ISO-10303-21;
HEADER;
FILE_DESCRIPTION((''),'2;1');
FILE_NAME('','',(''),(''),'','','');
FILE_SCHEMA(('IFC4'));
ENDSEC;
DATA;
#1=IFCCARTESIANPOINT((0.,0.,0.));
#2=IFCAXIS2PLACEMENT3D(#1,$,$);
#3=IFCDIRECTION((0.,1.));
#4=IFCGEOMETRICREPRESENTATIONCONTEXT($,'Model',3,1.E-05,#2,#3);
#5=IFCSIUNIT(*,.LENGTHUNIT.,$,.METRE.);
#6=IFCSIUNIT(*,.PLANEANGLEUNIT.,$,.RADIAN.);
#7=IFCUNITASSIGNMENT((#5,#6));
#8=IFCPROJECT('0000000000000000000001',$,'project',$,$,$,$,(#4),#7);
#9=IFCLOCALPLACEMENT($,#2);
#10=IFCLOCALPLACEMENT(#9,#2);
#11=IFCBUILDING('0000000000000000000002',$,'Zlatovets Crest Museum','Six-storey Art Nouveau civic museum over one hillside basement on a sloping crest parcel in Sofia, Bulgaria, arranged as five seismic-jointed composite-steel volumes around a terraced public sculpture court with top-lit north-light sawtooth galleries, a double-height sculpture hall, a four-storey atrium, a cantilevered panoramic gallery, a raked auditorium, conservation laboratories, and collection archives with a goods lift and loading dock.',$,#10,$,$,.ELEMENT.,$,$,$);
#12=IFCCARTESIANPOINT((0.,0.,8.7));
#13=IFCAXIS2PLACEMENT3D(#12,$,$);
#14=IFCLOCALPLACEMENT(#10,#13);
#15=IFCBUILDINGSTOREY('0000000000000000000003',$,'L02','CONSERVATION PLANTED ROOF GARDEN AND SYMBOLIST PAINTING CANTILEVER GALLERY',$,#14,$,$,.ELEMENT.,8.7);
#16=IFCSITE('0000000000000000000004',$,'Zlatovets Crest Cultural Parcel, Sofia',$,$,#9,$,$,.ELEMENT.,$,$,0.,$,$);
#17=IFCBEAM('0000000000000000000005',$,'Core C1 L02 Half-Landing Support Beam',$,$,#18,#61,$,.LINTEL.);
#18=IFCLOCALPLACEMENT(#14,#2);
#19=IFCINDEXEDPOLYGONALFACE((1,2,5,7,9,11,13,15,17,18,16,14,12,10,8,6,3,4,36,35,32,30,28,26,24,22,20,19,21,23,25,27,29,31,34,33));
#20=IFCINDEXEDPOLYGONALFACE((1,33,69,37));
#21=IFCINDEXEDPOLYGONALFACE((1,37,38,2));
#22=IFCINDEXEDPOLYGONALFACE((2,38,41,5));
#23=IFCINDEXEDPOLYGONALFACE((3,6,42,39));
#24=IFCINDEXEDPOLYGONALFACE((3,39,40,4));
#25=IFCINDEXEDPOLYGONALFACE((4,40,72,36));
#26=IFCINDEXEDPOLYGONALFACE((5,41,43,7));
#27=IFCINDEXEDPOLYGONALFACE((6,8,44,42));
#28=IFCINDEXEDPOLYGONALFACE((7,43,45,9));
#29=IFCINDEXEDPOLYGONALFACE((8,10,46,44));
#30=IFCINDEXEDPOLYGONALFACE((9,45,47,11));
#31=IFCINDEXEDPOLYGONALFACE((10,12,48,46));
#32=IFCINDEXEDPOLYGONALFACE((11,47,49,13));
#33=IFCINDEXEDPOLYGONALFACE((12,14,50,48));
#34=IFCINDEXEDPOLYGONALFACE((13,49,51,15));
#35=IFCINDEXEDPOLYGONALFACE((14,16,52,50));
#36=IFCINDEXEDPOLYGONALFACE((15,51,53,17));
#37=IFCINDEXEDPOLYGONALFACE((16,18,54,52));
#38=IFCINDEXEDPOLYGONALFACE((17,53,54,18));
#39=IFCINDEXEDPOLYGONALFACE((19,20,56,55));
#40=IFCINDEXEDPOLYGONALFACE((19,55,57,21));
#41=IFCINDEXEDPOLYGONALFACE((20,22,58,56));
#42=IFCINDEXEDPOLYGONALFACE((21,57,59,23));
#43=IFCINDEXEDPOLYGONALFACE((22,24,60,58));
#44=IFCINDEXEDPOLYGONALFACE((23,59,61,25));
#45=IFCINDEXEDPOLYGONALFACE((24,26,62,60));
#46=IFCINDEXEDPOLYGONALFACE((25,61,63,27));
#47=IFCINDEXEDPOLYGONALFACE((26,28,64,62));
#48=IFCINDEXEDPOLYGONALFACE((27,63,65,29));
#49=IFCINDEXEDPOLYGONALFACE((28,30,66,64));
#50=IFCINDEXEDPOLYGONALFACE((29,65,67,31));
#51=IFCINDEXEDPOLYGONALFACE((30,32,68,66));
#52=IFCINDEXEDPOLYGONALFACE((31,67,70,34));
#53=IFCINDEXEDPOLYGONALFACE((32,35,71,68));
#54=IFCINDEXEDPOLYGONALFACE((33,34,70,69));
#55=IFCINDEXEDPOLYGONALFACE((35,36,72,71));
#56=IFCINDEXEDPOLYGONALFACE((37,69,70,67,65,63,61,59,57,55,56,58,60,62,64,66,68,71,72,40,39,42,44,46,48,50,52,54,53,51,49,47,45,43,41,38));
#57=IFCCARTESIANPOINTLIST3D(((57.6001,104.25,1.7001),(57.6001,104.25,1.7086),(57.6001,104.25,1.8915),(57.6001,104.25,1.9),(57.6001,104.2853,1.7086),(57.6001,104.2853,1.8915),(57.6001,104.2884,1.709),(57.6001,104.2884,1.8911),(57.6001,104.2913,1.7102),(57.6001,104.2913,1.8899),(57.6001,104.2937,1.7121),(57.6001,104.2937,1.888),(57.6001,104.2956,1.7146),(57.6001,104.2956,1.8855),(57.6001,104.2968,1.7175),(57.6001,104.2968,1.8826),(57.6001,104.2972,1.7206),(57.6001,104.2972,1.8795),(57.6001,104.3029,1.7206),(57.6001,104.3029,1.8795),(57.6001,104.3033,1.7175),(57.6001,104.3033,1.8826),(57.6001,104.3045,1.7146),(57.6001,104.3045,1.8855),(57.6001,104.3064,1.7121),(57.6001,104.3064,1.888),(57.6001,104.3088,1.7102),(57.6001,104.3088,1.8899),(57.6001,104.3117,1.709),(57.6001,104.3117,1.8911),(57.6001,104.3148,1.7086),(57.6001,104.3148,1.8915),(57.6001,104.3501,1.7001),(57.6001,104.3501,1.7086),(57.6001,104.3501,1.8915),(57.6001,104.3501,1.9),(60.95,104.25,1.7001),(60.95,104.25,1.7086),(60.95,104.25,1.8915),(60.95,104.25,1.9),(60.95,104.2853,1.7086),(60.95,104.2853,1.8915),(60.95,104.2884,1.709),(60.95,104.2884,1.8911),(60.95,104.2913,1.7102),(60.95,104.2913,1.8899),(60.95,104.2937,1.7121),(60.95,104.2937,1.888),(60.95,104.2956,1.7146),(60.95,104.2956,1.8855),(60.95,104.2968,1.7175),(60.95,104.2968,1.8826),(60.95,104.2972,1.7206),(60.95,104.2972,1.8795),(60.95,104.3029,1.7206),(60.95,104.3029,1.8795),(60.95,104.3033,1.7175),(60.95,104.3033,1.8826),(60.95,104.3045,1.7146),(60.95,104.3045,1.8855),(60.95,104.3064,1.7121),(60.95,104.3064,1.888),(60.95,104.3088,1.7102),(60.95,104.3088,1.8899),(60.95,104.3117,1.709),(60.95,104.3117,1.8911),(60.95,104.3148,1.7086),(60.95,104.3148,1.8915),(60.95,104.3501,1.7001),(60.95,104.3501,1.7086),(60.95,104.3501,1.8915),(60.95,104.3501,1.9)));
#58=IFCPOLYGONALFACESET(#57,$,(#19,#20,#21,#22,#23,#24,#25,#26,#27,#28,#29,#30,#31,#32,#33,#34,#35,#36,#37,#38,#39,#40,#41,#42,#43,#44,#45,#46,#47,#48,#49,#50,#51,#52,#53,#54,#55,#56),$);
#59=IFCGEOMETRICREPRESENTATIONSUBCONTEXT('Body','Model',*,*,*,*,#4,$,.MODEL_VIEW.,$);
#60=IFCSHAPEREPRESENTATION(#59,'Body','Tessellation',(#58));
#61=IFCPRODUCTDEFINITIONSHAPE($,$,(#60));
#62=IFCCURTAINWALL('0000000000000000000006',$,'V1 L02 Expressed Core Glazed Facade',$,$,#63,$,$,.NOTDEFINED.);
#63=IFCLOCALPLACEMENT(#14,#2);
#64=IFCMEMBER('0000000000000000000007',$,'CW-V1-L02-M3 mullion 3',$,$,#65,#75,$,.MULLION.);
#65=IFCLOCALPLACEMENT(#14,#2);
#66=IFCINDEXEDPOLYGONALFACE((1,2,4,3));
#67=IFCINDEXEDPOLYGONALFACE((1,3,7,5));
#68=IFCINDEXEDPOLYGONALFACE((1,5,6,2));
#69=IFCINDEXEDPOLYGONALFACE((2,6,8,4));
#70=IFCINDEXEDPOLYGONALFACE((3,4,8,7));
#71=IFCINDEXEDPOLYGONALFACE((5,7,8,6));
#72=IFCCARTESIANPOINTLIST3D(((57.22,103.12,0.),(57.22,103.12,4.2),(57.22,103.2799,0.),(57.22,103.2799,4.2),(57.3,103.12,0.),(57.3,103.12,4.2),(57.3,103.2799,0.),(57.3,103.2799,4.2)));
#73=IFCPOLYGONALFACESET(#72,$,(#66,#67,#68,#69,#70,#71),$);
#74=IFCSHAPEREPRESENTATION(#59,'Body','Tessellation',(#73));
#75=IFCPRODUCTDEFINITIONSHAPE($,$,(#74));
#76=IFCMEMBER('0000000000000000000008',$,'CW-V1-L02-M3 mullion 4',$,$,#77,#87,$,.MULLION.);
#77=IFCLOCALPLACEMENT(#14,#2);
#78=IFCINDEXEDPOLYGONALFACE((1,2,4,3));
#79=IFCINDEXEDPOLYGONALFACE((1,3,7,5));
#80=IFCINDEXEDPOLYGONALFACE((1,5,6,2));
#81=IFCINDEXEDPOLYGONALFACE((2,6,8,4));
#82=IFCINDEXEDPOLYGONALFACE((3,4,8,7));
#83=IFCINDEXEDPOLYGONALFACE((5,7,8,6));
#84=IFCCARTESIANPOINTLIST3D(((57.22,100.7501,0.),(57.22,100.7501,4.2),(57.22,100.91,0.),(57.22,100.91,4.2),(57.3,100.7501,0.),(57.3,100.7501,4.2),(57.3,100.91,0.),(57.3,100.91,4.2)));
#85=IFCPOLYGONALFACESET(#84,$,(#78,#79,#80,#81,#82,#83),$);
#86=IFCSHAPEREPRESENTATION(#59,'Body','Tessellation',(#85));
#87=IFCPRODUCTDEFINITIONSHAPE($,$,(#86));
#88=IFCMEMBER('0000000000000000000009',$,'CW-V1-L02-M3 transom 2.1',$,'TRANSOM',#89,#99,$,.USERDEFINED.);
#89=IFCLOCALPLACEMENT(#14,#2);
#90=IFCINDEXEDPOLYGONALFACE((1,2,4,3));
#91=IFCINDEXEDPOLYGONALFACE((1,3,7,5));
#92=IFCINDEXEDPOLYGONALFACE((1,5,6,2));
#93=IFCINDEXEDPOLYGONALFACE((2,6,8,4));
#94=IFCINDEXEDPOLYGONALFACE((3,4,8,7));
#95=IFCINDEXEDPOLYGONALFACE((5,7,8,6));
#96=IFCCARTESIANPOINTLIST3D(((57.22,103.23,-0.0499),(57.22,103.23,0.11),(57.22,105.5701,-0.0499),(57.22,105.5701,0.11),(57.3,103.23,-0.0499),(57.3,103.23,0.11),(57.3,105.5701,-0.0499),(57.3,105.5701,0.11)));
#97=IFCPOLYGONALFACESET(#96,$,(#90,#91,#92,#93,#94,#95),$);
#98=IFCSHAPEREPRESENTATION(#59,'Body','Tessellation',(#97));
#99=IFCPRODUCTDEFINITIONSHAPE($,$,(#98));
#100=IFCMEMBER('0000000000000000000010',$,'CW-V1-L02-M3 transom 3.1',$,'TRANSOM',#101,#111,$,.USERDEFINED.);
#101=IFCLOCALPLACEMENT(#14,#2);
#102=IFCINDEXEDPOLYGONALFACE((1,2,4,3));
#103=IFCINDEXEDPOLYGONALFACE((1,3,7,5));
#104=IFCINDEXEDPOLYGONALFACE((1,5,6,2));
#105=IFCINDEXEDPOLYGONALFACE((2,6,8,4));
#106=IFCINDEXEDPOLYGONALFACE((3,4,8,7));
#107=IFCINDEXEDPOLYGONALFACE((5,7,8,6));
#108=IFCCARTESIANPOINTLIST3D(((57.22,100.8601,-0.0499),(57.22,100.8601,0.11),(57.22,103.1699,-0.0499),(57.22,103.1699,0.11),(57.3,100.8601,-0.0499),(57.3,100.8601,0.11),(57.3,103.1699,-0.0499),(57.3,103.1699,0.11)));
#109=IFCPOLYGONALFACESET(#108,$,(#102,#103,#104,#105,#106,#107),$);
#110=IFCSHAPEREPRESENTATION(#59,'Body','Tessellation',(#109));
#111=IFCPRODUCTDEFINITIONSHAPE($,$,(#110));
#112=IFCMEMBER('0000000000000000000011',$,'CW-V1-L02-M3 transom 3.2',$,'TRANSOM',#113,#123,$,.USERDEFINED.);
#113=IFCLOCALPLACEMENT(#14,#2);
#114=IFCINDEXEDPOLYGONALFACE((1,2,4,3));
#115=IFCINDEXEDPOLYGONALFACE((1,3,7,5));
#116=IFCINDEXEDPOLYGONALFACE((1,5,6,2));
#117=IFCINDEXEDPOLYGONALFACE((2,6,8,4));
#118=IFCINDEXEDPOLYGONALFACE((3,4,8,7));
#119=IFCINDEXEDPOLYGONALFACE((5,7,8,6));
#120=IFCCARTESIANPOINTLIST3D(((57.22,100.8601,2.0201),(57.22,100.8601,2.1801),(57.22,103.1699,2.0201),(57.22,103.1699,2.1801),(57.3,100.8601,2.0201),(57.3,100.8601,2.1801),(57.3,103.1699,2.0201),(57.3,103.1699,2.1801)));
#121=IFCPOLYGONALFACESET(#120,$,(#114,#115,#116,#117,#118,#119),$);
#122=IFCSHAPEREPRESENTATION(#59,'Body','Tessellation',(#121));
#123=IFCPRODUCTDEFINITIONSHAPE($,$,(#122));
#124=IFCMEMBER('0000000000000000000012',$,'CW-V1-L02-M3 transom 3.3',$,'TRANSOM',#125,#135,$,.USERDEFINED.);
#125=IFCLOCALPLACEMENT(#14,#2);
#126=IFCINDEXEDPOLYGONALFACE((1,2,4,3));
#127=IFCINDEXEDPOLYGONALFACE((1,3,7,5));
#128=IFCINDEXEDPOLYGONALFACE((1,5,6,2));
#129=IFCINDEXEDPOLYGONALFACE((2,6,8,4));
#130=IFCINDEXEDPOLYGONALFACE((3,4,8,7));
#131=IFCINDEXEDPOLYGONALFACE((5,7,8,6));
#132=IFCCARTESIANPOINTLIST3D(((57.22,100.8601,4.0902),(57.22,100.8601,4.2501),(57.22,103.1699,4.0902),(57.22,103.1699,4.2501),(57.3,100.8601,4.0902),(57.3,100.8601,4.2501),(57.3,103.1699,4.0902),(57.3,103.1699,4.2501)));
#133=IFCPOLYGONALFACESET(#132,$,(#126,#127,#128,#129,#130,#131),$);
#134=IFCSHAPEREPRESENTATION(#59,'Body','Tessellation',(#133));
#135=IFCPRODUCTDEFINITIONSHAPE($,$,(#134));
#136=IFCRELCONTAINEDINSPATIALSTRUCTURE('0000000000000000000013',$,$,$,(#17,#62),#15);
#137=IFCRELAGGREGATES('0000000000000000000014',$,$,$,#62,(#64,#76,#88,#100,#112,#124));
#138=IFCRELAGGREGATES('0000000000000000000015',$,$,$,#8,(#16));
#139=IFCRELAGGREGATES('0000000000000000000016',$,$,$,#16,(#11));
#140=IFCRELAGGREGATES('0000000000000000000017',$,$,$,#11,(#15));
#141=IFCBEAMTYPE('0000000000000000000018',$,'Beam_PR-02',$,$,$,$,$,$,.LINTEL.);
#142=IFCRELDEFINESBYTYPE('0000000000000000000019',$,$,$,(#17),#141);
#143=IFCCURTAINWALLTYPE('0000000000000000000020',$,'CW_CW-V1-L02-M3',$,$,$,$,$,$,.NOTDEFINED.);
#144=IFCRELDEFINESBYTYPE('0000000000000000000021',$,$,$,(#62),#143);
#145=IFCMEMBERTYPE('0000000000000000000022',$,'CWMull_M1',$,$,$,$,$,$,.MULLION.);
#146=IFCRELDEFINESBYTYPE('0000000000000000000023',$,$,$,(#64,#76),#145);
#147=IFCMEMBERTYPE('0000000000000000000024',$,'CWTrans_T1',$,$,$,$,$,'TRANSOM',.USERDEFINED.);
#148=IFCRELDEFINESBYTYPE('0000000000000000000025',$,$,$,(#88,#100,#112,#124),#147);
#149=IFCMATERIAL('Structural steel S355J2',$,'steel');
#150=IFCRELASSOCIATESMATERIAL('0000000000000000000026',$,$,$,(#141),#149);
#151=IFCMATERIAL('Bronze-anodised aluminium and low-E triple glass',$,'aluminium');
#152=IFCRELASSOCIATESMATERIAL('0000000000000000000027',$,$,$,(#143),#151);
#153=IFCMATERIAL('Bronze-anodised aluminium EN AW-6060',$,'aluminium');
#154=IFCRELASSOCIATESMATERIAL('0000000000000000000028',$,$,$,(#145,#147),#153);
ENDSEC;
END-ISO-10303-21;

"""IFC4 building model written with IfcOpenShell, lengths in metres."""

from ifc_helpers import new_model, si_unit, direction, frame, origin, origin_2d, place, context, subcontext, project, spatial, rectangle, i_section, extrude, material, material_profile, profile_set, type_object, element, aggregate, save


model = new_model("IFC4")

# Units and contexts
model_context = context("Model", 3, precision=1e-05, world=origin(), true_north=direction((0.0, 1.0)))
body_context = subcontext(model_context, "Body", "Model", "MODEL_VIEW")
ifc_project = project(units=[si_unit("LENGTHUNIT", "METRE"), si_unit("PLANEANGLEUNIT", "RADIAN")], contexts=[model_context])

# Site, building, storey
site_placement = place(None, origin())
site = spatial("IfcSite", under=ifc_project, at=site_placement, Name="Zlatovets Crest Cultural Parcel, Sofia", CompositionType="ELEMENT", RefElevation=0.0)
building_placement = place(site_placement, origin())
building = spatial("IfcBuilding", under=site, at=building_placement, Name="Zlatovets Crest Museum", Description="Six-storey Art Nouveau civic museum over one hillside basement on a sloping crest parcel in Sofia, Bulgaria, arranged as five seismic-jointed composite-steel volumes around a terraced public sculpture court with top-lit north-light sawtooth galleries, a double-height sculpture hall, a four-storey atrium, a cantilevered panoramic gallery, a raked auditorium, conservation laboratories, and collection archives with a goods lift and loading dock.", CompositionType="ELEMENT")
storey_placement = place(building_placement, frame((0.0, 0.0, 8.7)))
storey = spatial("IfcBuildingStorey", under=building, at=storey_placement, Name="L02", Description="CONSERVATION PLANTED ROOF GARDEN AND SYMBOLIST PAINTING CANTILEVER GALLERY", CompositionType="ELEMENT", Elevation=8.7)

# Shared definitions
ifc_material_1 = material(Name="Structural steel S355J2", Category="steel")

# Beam
ifc_material_profile_1 = material_profile(ifc_material_1, i_section(OverallWidth=0.1001, OverallDepth=0.2, WebThickness=0.0056, FlangeThickness=0.0085, FilletRadius=0.012, at=origin_2d()), Name="IPE 200")
ifc_profile_set_1 = profile_set([ifc_material_profile_1], Name="Structural steel S355J2")
beam_type_1 = type_object("IfcBeamType", Name="Beam_PR-02", PredefinedType="LINTEL", material=ifc_profile_set_1)
beam_1_placement = place(storey_placement, frame((57.6001, 104.3, 1.8), z_axis=(1.0, 0.0, 0.0), x_axis=(0.0, 1.0, 0.0)))
element("IfcBeam", 1, at=beam_1_placement, inside=storey, type_object=beam_type_1, Name="Core C1 L02 Half-Landing Support Beam", PredefinedType="LINTEL", context=body_context, shape_type="SweptSolid", body=[
    extrude(i_section(OverallWidth=0.1001, OverallDepth=0.2, WebThickness=0.0056, FlangeThickness=0.0085, FilletRadius=0.012, at=origin_2d()), origin(), (0.0, 0.0, 1.0), 3.3499),
])

# Curtain wall, members
ifc_material_2 = material(Name="Bronze-anodised aluminium and low-E triple glass", Category="aluminium")
curtain_wall_type = type_object("IfcCurtainWallType", Name="CW_CW-V1-L02-M3", PredefinedType="NOTDEFINED", material=ifc_material_2)
curtain_wall_placement = place(storey_placement, origin())
curtain_wall = element("IfcCurtainWall", 2, at=curtain_wall_placement, inside=storey, type_object=curtain_wall_type, Name="V1 L02 Expressed Core Glazed Facade", PredefinedType="NOTDEFINED")
ifc_material_3 = material(Name="Bronze-anodised aluminium EN AW-6060", Category="aluminium")
ifc_material_profile_2 = material_profile(ifc_material_3, rectangle(XDim=0.0801, YDim=0.1599, at=origin_2d()), Name="ALU 80x160")
ifc_profile_set_2 = profile_set([ifc_material_profile_2], Name="Bronze-anodised aluminium EN AW-6060")
member_type_1 = type_object("IfcMemberType", Name="CWMull_M1", PredefinedType="MULLION", material=ifc_profile_set_2)
member_1_placement = place(storey_placement, frame((57.26, 103.2, 0.0), z_axis=(0.0, 0.0, 1.0), x_axis=(1.0, 0.0, 0.0)))
member_1 = element("IfcMember", 3, at=member_1_placement, type_object=member_type_1, Name="CW-V1-L02-M3 mullion 3", PredefinedType="MULLION", context=body_context, shape_type="SweptSolid", body=[
    extrude(rectangle(XDim=0.0801, YDim=0.1599, at=origin_2d()), origin(), (0.0, 0.0, 1.0), 4.2),
])
member_2_placement = place(storey_placement, frame((57.26, 100.8301, 0.0), z_axis=(0.0, 0.0, 1.0), x_axis=(1.0, 0.0, 0.0)))
member_2 = element("IfcMember", 4, at=member_2_placement, type_object=member_type_1, Name="CW-V1-L02-M3 mullion 4", PredefinedType="MULLION", context=body_context, shape_type="SweptSolid", body=[
    extrude(rectangle(XDim=0.0801, YDim=0.1599, at=origin_2d()), origin(), (0.0, 0.0, 1.0), 4.2),
])
ifc_material_profile_3 = material_profile(ifc_material_3, rectangle(XDim=0.0801, YDim=0.1599, at=origin_2d()), Name="ALU 80x160")
ifc_profile_set_3 = profile_set([ifc_material_profile_3], Name="Bronze-anodised aluminium EN AW-6060")
member_type_2 = type_object("IfcMemberType", Name="CWTrans_T1", ElementType="TRANSOM", PredefinedType="USERDEFINED", material=ifc_profile_set_3)
member_3_placement = place(storey_placement, frame((57.26, 105.5701, 0.03), z_axis=(0.0, -1.0, 0.0), x_axis=(1.0, 0.0, 0.0)))
member_3 = element("IfcMember", 5, at=member_3_placement, type_object=member_type_2, Name="CW-V1-L02-M3 transom 2.1", ObjectType="TRANSOM", PredefinedType="USERDEFINED", context=body_context, shape_type="SweptSolid", body=[
    extrude(rectangle(XDim=0.0801, YDim=0.1599, at=origin_2d()), origin(), (0.0, 0.0, 1.0), 2.3401),
])
member_4_placement = place(storey_placement, frame((57.26, 103.1699, 0.03), z_axis=(0.0, -1.0, 0.0), x_axis=(1.0, 0.0, 0.0)))
member_4 = element("IfcMember", 6, at=member_4_placement, type_object=member_type_2, Name="CW-V1-L02-M3 transom 3.1", ObjectType="TRANSOM", PredefinedType="USERDEFINED", context=body_context, shape_type="SweptSolid", body=[
    extrude(rectangle(XDim=0.0801, YDim=0.1599, at=origin_2d()), origin(), (0.0, 0.0, 1.0), 2.3098),
])
member_5_placement = place(storey_placement, frame((57.26, 103.1699, 2.1001), z_axis=(0.0, -1.0, 0.0), x_axis=(1.0, 0.0, 0.0)))
member_5 = element("IfcMember", 7, at=member_5_placement, type_object=member_type_2, Name="CW-V1-L02-M3 transom 3.2", ObjectType="TRANSOM", PredefinedType="USERDEFINED", context=body_context, shape_type="SweptSolid", body=[
    extrude(rectangle(XDim=0.0801, YDim=0.1599, at=origin_2d()), origin(), (0.0, 0.0, 1.0), 2.3098),
])
member_6_placement = place(storey_placement, frame((57.26, 103.1699, 4.1702), z_axis=(0.0, -1.0, 0.0), x_axis=(1.0, 0.0, 0.0)))
member_6 = element("IfcMember", 8, at=member_6_placement, type_object=member_type_2, Name="CW-V1-L02-M3 transom 3.3", ObjectType="TRANSOM", PredefinedType="USERDEFINED", context=body_context, shape_type="SweptSolid", body=[
    extrude(rectangle(XDim=0.0801, YDim=0.1599, at=origin_2d()), origin(), (0.0, 0.0, 1.0), 2.3098),
])

aggregate(curtain_wall, [member_1, member_2, member_3, member_4, member_5, member_6])

save(model, "model.ifc")
